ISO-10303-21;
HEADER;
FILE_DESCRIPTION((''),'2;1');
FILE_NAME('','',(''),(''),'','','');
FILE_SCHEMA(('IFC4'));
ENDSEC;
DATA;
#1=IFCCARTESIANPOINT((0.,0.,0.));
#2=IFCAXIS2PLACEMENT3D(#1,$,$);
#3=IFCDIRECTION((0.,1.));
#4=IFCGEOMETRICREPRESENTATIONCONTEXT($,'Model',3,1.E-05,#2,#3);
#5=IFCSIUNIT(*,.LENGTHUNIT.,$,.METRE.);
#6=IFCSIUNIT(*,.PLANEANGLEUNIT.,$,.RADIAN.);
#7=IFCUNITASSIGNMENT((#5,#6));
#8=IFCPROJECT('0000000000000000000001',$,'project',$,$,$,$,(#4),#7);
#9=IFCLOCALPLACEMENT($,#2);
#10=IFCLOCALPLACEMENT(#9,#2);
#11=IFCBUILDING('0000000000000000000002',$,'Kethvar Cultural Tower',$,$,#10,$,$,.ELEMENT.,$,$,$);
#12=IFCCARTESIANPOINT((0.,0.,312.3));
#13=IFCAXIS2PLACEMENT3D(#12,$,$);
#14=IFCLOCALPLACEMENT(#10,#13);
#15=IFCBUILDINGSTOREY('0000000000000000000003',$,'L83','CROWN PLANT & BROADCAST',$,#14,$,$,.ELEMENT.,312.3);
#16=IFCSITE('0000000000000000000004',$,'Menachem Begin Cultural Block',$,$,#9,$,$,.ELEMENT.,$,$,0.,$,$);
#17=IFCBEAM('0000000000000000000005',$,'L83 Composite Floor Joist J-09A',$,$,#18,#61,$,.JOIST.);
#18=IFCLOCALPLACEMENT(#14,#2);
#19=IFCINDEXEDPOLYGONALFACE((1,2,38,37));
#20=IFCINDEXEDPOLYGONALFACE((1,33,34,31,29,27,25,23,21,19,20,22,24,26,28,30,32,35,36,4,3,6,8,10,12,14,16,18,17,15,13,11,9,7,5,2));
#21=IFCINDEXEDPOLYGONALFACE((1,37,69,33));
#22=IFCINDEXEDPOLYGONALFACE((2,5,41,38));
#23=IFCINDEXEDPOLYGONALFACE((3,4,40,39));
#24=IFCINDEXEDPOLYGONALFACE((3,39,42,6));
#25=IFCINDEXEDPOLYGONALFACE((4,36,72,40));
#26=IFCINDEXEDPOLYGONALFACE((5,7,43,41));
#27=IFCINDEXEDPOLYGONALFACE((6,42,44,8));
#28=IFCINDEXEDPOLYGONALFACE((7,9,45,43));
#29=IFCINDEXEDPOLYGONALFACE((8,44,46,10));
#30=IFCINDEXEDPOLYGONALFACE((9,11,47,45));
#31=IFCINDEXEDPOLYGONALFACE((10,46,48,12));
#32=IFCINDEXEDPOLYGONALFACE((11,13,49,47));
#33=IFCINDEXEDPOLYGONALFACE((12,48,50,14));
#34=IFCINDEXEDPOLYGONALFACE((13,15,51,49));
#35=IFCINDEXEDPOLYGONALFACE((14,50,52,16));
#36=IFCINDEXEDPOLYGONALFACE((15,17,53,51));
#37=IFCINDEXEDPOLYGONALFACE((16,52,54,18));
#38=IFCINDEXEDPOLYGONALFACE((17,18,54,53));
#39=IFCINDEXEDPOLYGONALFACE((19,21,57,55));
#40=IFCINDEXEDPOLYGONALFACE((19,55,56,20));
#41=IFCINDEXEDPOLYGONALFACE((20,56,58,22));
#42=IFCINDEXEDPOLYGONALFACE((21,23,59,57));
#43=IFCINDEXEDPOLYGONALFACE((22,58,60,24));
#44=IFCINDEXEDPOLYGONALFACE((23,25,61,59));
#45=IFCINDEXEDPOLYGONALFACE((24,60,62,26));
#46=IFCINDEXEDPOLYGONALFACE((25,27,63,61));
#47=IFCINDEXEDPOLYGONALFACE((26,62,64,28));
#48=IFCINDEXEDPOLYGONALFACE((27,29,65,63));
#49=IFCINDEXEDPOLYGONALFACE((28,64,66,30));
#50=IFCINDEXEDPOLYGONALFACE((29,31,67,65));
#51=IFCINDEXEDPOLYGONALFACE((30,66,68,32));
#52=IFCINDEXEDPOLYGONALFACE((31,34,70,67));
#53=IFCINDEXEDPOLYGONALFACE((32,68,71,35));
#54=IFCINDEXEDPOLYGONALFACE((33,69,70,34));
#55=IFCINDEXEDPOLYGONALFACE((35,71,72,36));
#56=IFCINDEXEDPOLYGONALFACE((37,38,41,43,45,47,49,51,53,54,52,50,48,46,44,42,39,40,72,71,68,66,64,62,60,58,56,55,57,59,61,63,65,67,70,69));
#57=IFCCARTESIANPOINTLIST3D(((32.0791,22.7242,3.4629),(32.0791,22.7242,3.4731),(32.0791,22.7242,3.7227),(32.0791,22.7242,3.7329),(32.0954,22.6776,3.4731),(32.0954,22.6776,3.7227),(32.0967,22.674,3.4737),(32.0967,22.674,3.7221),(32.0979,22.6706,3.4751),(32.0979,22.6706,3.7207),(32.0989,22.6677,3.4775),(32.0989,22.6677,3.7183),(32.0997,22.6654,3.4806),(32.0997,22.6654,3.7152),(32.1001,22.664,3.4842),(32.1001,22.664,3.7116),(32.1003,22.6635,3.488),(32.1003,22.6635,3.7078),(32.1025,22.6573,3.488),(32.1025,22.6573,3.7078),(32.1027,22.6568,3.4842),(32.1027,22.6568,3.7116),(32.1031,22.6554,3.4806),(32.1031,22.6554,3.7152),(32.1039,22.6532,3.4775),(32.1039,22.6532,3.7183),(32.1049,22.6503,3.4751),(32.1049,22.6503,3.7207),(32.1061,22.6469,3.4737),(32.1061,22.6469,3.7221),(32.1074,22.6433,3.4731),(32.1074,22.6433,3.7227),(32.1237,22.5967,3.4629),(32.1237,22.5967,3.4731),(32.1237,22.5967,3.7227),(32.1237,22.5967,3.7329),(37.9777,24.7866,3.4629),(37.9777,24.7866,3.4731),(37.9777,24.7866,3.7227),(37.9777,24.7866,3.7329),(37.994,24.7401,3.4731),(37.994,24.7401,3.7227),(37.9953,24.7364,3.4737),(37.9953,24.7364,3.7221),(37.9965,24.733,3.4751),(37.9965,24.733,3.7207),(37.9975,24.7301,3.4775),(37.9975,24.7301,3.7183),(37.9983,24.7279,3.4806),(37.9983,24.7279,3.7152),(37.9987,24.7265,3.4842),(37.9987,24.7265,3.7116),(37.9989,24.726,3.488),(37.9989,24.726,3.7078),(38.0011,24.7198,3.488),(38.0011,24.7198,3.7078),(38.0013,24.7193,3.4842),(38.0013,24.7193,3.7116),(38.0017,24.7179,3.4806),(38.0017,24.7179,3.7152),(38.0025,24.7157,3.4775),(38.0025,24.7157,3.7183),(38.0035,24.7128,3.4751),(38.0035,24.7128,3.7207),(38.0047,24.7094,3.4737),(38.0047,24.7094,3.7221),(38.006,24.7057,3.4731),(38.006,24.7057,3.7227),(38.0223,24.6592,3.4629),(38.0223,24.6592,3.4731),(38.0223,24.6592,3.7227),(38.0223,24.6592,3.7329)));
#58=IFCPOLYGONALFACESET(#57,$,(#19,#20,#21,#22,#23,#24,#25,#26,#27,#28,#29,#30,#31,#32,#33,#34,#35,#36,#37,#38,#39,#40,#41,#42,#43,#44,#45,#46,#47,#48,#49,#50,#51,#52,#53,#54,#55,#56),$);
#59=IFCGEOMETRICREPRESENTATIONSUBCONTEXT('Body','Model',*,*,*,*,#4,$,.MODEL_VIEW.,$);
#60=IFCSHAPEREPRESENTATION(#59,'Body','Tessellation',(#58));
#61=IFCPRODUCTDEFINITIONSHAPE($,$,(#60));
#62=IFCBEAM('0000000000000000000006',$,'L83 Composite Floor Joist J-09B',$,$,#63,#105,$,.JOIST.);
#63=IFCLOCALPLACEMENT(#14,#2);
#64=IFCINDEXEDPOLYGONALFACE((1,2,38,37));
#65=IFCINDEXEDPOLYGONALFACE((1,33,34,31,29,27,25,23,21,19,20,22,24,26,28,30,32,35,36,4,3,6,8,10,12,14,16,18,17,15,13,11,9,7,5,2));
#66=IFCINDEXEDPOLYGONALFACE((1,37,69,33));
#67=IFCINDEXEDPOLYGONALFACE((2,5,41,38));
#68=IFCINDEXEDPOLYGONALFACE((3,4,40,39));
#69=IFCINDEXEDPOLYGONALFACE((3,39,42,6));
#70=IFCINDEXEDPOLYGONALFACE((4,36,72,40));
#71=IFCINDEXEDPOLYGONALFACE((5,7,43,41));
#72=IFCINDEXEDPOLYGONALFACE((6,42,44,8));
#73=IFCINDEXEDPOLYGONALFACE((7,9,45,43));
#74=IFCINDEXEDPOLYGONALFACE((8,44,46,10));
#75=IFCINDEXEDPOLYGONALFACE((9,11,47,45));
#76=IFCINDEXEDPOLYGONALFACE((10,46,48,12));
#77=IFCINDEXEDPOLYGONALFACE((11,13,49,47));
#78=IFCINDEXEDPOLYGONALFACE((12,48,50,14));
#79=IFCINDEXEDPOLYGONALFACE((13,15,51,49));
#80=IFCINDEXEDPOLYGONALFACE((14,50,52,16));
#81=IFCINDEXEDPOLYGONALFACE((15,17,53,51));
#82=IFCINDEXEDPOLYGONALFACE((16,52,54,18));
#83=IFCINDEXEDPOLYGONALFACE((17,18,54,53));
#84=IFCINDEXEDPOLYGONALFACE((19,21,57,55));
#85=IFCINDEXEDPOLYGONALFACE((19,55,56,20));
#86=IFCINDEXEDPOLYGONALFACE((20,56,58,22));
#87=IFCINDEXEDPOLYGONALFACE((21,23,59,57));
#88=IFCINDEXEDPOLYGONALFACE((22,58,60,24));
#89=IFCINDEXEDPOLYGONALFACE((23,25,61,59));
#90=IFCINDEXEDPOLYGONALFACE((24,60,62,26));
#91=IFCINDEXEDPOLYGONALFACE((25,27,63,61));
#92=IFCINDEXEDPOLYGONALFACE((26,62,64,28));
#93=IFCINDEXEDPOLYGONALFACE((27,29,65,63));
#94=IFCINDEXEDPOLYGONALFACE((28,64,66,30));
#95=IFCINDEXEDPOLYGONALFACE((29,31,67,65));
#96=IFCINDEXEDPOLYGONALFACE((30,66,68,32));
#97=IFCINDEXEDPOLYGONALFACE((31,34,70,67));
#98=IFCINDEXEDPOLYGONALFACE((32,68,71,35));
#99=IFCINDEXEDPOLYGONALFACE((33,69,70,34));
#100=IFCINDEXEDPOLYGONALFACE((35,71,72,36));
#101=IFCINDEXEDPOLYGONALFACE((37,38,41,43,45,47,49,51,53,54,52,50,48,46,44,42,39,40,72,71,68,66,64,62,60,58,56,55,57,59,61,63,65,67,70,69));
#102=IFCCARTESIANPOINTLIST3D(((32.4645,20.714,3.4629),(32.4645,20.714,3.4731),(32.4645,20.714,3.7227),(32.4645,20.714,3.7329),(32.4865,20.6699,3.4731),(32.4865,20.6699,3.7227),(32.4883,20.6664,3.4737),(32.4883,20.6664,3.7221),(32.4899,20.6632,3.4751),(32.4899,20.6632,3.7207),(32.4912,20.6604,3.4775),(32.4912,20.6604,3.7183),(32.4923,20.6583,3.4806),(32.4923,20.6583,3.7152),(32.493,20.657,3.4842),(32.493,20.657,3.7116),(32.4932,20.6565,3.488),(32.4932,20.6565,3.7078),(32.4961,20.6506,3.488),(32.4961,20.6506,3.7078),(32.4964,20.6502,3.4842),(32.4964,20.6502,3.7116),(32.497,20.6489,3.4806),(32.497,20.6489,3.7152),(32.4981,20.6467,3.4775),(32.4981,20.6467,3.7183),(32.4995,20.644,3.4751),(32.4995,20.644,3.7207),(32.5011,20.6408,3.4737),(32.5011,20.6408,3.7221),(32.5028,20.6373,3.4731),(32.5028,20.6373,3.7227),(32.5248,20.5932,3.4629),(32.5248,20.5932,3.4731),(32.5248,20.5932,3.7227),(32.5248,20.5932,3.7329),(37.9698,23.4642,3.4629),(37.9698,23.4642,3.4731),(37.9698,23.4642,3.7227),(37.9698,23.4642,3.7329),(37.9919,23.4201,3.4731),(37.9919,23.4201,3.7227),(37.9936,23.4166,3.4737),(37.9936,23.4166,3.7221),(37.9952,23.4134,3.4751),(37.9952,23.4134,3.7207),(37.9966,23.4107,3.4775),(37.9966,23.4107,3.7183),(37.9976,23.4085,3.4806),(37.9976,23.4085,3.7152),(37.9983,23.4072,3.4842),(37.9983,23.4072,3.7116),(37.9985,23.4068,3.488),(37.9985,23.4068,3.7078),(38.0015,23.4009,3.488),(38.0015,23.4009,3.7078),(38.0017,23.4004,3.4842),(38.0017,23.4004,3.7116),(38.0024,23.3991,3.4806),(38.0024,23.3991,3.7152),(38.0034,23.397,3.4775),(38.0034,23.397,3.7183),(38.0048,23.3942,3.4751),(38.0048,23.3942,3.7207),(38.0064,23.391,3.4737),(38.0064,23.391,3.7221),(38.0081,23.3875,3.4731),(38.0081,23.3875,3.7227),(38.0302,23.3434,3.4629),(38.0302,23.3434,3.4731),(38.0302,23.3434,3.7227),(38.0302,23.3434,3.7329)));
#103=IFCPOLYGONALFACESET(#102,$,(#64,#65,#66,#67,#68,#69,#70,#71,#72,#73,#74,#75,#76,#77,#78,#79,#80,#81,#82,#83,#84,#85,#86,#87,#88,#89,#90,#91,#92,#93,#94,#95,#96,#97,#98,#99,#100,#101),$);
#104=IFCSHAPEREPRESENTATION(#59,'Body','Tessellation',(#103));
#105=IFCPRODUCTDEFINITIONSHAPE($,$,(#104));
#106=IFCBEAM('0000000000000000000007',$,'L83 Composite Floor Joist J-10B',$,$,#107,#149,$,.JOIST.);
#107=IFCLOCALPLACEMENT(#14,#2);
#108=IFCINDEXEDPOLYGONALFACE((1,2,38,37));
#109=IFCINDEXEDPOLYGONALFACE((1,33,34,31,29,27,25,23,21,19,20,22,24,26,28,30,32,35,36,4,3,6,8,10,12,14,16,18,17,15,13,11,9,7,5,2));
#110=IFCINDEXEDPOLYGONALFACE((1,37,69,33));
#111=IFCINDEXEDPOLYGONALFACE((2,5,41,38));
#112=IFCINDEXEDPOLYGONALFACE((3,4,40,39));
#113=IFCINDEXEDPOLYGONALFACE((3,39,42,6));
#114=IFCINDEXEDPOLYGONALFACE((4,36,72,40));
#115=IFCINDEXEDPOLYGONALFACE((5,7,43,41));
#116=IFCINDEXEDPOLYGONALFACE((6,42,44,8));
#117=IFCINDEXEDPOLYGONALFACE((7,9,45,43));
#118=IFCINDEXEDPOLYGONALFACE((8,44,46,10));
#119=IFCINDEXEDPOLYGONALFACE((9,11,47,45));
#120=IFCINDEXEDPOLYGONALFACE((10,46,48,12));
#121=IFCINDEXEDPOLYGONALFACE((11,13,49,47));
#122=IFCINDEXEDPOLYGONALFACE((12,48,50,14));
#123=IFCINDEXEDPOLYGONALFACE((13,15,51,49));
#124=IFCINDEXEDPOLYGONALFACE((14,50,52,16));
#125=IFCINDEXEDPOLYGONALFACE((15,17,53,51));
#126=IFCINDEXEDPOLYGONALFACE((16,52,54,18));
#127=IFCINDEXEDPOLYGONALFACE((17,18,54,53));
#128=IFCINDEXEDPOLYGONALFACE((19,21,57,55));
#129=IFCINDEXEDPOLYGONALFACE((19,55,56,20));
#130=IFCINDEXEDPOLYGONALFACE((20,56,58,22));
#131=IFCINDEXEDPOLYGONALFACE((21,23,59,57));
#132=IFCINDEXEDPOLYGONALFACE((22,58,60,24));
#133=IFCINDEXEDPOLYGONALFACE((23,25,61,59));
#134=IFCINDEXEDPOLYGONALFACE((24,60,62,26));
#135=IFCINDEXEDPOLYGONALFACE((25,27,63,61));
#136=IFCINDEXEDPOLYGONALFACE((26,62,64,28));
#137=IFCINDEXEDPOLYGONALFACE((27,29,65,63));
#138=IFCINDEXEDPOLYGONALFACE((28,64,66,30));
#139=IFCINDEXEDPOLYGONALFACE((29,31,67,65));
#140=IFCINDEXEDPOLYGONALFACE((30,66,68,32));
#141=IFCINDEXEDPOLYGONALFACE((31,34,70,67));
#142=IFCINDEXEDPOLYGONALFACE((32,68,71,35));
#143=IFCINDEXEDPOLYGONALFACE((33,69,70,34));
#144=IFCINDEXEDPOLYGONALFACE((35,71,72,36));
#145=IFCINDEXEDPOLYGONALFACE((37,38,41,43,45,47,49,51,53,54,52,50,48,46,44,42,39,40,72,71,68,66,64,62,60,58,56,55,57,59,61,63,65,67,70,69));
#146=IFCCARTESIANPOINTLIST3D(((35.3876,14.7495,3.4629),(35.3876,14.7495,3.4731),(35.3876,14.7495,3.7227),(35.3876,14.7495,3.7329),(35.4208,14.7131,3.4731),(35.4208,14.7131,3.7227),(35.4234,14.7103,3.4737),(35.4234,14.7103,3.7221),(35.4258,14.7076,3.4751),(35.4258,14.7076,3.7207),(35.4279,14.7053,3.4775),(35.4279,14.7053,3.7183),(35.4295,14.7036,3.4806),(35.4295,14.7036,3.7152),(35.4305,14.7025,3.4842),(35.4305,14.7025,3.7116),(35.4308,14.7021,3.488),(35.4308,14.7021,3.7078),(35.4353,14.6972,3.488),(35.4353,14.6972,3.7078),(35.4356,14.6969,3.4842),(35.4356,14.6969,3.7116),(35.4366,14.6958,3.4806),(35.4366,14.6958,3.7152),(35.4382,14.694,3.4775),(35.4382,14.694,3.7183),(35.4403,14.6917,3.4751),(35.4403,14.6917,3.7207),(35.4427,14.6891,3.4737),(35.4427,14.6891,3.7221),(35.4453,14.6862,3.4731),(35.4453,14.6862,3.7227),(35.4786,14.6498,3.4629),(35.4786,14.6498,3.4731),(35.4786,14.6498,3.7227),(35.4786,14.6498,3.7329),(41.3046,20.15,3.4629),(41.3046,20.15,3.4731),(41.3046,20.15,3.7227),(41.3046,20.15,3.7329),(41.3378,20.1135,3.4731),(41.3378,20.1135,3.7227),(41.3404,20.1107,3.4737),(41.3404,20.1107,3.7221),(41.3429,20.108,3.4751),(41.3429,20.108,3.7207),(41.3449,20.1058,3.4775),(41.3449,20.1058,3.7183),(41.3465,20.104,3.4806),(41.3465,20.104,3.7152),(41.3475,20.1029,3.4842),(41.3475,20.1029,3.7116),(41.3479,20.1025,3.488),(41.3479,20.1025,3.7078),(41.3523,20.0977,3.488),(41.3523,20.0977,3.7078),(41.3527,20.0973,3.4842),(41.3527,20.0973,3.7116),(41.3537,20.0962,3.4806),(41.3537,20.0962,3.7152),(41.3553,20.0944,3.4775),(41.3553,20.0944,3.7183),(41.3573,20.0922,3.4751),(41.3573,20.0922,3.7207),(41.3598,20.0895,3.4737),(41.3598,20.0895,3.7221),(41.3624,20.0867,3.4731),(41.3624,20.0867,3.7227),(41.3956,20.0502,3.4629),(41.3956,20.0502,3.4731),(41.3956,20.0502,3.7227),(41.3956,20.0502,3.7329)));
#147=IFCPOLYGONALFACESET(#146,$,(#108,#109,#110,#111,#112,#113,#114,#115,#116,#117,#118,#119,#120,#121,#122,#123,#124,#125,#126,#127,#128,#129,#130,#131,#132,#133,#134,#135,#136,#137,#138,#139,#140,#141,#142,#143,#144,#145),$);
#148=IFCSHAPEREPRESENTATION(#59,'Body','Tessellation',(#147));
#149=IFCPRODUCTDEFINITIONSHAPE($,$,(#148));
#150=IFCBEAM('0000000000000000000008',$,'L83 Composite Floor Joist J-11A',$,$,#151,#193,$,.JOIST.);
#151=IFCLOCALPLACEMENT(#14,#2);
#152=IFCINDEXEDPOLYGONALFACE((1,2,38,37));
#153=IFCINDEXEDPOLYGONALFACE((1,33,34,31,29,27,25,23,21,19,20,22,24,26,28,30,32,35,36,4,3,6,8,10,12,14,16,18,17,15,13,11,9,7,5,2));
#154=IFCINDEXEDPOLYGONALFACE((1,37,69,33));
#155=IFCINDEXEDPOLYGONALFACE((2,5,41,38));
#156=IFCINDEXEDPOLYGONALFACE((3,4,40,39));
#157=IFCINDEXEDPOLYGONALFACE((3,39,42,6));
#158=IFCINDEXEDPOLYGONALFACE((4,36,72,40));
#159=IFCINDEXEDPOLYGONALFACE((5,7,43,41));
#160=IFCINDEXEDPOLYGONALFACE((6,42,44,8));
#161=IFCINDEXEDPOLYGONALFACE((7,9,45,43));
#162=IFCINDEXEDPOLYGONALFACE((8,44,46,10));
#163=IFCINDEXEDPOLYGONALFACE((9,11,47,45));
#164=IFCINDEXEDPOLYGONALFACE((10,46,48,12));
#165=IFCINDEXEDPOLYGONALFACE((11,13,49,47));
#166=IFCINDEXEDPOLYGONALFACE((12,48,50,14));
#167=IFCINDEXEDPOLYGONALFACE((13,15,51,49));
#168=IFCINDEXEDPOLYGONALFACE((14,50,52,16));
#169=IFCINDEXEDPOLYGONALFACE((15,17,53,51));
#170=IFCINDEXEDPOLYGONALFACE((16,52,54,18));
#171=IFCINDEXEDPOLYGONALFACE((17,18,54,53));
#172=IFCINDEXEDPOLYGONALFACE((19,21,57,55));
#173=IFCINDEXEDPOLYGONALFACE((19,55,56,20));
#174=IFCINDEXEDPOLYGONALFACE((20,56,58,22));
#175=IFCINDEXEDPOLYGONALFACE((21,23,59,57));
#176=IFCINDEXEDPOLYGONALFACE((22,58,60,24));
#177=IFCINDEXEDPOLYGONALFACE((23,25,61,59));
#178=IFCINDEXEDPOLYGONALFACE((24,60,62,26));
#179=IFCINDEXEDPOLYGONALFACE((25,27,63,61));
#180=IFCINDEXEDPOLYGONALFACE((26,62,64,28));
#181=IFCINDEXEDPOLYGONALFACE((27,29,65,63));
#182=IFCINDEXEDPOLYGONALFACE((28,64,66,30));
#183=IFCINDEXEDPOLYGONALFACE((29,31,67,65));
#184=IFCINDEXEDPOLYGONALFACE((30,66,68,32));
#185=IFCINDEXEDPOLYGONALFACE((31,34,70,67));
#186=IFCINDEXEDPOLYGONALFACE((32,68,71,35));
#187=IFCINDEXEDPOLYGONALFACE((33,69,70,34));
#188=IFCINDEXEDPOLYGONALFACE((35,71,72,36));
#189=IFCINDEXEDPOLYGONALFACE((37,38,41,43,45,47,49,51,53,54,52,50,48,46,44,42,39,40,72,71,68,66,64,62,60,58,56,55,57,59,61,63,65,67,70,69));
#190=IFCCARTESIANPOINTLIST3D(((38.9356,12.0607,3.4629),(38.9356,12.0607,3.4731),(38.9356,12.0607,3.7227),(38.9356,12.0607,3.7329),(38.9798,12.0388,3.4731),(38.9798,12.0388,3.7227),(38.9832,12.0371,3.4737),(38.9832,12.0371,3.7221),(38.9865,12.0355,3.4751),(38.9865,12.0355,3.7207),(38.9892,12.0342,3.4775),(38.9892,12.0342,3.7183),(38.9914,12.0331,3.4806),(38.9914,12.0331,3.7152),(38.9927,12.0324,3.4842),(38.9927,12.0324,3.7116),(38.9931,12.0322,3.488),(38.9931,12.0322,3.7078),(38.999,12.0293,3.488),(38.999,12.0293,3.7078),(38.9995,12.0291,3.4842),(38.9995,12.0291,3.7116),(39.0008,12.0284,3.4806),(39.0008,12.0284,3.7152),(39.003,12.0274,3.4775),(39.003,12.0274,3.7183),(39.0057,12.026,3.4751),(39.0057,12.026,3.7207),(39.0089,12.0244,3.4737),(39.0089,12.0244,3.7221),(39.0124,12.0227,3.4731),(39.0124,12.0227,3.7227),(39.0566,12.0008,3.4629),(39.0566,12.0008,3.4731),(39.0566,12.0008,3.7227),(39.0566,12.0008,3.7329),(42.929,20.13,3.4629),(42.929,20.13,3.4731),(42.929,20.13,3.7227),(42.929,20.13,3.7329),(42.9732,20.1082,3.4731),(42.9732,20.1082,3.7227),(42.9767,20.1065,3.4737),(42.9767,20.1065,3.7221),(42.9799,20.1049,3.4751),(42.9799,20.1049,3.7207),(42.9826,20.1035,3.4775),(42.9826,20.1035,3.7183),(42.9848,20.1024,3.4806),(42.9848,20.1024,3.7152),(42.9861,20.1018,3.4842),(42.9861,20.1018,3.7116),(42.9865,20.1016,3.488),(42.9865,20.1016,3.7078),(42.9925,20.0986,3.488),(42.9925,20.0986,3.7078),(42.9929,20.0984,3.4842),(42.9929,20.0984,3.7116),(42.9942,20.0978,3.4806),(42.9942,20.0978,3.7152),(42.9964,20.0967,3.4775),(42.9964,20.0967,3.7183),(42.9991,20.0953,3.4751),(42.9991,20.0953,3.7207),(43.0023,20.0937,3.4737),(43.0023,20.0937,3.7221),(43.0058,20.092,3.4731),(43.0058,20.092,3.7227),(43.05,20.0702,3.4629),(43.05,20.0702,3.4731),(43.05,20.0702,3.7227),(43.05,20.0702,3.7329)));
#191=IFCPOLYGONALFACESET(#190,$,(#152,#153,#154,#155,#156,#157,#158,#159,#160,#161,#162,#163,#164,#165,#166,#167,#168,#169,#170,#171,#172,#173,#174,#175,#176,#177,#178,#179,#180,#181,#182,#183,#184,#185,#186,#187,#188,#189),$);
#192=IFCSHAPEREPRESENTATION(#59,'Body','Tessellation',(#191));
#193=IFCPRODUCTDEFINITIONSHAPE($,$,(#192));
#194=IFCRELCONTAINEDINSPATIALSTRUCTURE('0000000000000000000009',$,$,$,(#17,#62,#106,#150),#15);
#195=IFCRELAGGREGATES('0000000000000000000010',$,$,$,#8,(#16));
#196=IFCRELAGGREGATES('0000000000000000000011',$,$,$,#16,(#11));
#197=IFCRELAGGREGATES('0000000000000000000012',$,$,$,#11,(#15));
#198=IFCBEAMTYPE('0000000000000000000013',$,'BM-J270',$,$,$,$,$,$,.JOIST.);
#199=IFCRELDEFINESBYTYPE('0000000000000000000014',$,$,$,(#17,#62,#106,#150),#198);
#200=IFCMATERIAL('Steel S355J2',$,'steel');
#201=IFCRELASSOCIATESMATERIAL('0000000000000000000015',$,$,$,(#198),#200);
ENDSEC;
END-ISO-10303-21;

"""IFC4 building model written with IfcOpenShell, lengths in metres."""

from ifc_helpers import new_model, si_unit, direction, frame, origin, origin_2d, place, context, subcontext, project, spatial, i_section, extrude, source, transform, mapped, material, material_profile, profile_set, type_object, element, save


model = new_model("IFC4")

# Units and contexts
model_context = context("Model", 3, precision=1e-05, world=origin(), true_north=direction((0.0, 1.0)))
body_context = subcontext(model_context, "Body", "Model", "MODEL_VIEW")
ifc_project = project(units=[si_unit("LENGTHUNIT", "METRE"), si_unit("PLANEANGLEUNIT", "RADIAN")], contexts=[model_context])

# Site, building, storey
site_placement = place(None, origin())
site = spatial("IfcSite", under=ifc_project, at=site_placement, Name="Menachem Begin Cultural Block", CompositionType="ELEMENT", RefElevation=0.0)
building_placement = place(site_placement, origin())
building = spatial("IfcBuilding", under=site, at=building_placement, Name="Kethvar Cultural Tower", CompositionType="ELEMENT")
storey_placement = place(building_placement, frame((0.0, 0.0, 312.3)))
storey = spatial("IfcBuildingStorey", under=building, at=storey_placement, Name="L83", Description="CROWN PLANT & BROADCAST", CompositionType="ELEMENT", Elevation=312.3)

# Beams
ifc_material_1 = material(Name="Steel S355J2", Category="steel")
ifc_material_profile_1 = material_profile(ifc_material_1, i_section(OverallWidth=0.135, OverallDepth=0.27, WebThickness=0.0066, FlangeThickness=0.0103, FilletRadius=0.0149, at=origin_2d()), Name="Steel S355J2 — IPE270")
ifc_profile_set_1 = profile_set([ifc_material_profile_1], Name="Steel S355J2 — IPE270")
beam_type_1 = type_object("IfcBeamType", Name="BM-J270", PredefinedType="JOIST", material=ifc_profile_set_1)
shared_shape_1 = source(origin(), body_context, "Body", "SweptSolid", [
    extrude(i_section(OverallWidth=0.135, OverallDepth=0.27, WebThickness=0.0066, FlangeThickness=0.0103, FilletRadius=0.0149, at=origin_2d()), origin(), (0.0, 0.0, 1.0), 6.2488),
])
beam_1_placement = place(storey_placement, frame((38.0, 24.7229, 3.5979), z_axis=(-0.94396, -0.33006, 0.0), x_axis=(0.33006, -0.94396, 0.0)))
element("IfcBeam", 1, at=beam_1_placement, inside=storey, type_object=beam_type_1, Name="L83 Composite Floor Joist J-09A", PredefinedType="JOIST", context=body_context, shape_type="MappedRepresentation", body=[
    mapped(shared_shape_1, transform((0.0, 0.0, 0.0), scale=1.0)),
])
shared_shape_2 = source(origin(), body_context, "Body", "SweptSolid", [
    extrude(i_section(OverallWidth=0.135, OverallDepth=0.27, WebThickness=0.0066, FlangeThickness=0.0103, FilletRadius=0.0149, at=origin_2d()), origin(), (0.0, 0.0, 1.0), 6.1541),
])
beam_2_placement = place(storey_placement, frame((38.0, 23.4038, 3.5979), z_axis=(-0.894586, -0.446896, 0.0), x_axis=(0.446896, -0.894586, 0.0)))
element("IfcBeam", 2, at=beam_2_placement, inside=storey, type_object=beam_type_1, Name="L83 Composite Floor Joist J-09B", PredefinedType="JOIST", context=body_context, shape_type="MappedRepresentation", body=[
    mapped(shared_shape_2, transform((0.0, 0.0, 0.0), scale=1.0)),
])
shared_shape_3 = source(origin(), body_context, "Body", "SweptSolid", [
    extrude(i_section(OverallWidth=0.135, OverallDepth=0.27, WebThickness=0.0066, FlangeThickness=0.0103, FilletRadius=0.0149, at=origin_2d()), origin(), (0.0, 0.0, 1.0), 8.011),
])
beam_3_placement = place(storey_placement, frame((41.3501, 20.1001, 3.5979), z_axis=(-0.738615, -0.674128, 0.0), x_axis=(0.674128, -0.738615, 0.0)))
element("IfcBeam", 3, at=beam_3_placement, inside=storey, type_object=beam_type_1, Name="L83 Composite Floor Joist J-10B", PredefinedType="JOIST", context=body_context, shape_type="MappedRepresentation", body=[
    mapped(shared_shape_3, transform((0.0, 0.0, 0.0), scale=1.0)),
])
shared_shape_4 = source(origin(), body_context, "Body", "SweptSolid", [
    extrude(i_section(OverallWidth=0.135, OverallDepth=0.27, WebThickness=0.0066, FlangeThickness=0.0103, FilletRadius=0.0149, at=origin_2d()), origin(), (0.0, 0.0, 1.0), 9.0034),
])
beam_4_placement = place(storey_placement, frame((42.9895, 20.1001, 3.5979), z_axis=(-0.443544, -0.896253, 0.0), x_axis=(0.896253, -0.443544, 0.0)))
element("IfcBeam", 4, at=beam_4_placement, inside=storey, type_object=beam_type_1, Name="L83 Composite Floor Joist J-11A", PredefinedType="JOIST", context=body_context, shape_type="MappedRepresentation", body=[
    mapped(shared_shape_4, transform((0.0, 0.0, 0.0), scale=1.0)),
])

save(model, "model.ifc")
